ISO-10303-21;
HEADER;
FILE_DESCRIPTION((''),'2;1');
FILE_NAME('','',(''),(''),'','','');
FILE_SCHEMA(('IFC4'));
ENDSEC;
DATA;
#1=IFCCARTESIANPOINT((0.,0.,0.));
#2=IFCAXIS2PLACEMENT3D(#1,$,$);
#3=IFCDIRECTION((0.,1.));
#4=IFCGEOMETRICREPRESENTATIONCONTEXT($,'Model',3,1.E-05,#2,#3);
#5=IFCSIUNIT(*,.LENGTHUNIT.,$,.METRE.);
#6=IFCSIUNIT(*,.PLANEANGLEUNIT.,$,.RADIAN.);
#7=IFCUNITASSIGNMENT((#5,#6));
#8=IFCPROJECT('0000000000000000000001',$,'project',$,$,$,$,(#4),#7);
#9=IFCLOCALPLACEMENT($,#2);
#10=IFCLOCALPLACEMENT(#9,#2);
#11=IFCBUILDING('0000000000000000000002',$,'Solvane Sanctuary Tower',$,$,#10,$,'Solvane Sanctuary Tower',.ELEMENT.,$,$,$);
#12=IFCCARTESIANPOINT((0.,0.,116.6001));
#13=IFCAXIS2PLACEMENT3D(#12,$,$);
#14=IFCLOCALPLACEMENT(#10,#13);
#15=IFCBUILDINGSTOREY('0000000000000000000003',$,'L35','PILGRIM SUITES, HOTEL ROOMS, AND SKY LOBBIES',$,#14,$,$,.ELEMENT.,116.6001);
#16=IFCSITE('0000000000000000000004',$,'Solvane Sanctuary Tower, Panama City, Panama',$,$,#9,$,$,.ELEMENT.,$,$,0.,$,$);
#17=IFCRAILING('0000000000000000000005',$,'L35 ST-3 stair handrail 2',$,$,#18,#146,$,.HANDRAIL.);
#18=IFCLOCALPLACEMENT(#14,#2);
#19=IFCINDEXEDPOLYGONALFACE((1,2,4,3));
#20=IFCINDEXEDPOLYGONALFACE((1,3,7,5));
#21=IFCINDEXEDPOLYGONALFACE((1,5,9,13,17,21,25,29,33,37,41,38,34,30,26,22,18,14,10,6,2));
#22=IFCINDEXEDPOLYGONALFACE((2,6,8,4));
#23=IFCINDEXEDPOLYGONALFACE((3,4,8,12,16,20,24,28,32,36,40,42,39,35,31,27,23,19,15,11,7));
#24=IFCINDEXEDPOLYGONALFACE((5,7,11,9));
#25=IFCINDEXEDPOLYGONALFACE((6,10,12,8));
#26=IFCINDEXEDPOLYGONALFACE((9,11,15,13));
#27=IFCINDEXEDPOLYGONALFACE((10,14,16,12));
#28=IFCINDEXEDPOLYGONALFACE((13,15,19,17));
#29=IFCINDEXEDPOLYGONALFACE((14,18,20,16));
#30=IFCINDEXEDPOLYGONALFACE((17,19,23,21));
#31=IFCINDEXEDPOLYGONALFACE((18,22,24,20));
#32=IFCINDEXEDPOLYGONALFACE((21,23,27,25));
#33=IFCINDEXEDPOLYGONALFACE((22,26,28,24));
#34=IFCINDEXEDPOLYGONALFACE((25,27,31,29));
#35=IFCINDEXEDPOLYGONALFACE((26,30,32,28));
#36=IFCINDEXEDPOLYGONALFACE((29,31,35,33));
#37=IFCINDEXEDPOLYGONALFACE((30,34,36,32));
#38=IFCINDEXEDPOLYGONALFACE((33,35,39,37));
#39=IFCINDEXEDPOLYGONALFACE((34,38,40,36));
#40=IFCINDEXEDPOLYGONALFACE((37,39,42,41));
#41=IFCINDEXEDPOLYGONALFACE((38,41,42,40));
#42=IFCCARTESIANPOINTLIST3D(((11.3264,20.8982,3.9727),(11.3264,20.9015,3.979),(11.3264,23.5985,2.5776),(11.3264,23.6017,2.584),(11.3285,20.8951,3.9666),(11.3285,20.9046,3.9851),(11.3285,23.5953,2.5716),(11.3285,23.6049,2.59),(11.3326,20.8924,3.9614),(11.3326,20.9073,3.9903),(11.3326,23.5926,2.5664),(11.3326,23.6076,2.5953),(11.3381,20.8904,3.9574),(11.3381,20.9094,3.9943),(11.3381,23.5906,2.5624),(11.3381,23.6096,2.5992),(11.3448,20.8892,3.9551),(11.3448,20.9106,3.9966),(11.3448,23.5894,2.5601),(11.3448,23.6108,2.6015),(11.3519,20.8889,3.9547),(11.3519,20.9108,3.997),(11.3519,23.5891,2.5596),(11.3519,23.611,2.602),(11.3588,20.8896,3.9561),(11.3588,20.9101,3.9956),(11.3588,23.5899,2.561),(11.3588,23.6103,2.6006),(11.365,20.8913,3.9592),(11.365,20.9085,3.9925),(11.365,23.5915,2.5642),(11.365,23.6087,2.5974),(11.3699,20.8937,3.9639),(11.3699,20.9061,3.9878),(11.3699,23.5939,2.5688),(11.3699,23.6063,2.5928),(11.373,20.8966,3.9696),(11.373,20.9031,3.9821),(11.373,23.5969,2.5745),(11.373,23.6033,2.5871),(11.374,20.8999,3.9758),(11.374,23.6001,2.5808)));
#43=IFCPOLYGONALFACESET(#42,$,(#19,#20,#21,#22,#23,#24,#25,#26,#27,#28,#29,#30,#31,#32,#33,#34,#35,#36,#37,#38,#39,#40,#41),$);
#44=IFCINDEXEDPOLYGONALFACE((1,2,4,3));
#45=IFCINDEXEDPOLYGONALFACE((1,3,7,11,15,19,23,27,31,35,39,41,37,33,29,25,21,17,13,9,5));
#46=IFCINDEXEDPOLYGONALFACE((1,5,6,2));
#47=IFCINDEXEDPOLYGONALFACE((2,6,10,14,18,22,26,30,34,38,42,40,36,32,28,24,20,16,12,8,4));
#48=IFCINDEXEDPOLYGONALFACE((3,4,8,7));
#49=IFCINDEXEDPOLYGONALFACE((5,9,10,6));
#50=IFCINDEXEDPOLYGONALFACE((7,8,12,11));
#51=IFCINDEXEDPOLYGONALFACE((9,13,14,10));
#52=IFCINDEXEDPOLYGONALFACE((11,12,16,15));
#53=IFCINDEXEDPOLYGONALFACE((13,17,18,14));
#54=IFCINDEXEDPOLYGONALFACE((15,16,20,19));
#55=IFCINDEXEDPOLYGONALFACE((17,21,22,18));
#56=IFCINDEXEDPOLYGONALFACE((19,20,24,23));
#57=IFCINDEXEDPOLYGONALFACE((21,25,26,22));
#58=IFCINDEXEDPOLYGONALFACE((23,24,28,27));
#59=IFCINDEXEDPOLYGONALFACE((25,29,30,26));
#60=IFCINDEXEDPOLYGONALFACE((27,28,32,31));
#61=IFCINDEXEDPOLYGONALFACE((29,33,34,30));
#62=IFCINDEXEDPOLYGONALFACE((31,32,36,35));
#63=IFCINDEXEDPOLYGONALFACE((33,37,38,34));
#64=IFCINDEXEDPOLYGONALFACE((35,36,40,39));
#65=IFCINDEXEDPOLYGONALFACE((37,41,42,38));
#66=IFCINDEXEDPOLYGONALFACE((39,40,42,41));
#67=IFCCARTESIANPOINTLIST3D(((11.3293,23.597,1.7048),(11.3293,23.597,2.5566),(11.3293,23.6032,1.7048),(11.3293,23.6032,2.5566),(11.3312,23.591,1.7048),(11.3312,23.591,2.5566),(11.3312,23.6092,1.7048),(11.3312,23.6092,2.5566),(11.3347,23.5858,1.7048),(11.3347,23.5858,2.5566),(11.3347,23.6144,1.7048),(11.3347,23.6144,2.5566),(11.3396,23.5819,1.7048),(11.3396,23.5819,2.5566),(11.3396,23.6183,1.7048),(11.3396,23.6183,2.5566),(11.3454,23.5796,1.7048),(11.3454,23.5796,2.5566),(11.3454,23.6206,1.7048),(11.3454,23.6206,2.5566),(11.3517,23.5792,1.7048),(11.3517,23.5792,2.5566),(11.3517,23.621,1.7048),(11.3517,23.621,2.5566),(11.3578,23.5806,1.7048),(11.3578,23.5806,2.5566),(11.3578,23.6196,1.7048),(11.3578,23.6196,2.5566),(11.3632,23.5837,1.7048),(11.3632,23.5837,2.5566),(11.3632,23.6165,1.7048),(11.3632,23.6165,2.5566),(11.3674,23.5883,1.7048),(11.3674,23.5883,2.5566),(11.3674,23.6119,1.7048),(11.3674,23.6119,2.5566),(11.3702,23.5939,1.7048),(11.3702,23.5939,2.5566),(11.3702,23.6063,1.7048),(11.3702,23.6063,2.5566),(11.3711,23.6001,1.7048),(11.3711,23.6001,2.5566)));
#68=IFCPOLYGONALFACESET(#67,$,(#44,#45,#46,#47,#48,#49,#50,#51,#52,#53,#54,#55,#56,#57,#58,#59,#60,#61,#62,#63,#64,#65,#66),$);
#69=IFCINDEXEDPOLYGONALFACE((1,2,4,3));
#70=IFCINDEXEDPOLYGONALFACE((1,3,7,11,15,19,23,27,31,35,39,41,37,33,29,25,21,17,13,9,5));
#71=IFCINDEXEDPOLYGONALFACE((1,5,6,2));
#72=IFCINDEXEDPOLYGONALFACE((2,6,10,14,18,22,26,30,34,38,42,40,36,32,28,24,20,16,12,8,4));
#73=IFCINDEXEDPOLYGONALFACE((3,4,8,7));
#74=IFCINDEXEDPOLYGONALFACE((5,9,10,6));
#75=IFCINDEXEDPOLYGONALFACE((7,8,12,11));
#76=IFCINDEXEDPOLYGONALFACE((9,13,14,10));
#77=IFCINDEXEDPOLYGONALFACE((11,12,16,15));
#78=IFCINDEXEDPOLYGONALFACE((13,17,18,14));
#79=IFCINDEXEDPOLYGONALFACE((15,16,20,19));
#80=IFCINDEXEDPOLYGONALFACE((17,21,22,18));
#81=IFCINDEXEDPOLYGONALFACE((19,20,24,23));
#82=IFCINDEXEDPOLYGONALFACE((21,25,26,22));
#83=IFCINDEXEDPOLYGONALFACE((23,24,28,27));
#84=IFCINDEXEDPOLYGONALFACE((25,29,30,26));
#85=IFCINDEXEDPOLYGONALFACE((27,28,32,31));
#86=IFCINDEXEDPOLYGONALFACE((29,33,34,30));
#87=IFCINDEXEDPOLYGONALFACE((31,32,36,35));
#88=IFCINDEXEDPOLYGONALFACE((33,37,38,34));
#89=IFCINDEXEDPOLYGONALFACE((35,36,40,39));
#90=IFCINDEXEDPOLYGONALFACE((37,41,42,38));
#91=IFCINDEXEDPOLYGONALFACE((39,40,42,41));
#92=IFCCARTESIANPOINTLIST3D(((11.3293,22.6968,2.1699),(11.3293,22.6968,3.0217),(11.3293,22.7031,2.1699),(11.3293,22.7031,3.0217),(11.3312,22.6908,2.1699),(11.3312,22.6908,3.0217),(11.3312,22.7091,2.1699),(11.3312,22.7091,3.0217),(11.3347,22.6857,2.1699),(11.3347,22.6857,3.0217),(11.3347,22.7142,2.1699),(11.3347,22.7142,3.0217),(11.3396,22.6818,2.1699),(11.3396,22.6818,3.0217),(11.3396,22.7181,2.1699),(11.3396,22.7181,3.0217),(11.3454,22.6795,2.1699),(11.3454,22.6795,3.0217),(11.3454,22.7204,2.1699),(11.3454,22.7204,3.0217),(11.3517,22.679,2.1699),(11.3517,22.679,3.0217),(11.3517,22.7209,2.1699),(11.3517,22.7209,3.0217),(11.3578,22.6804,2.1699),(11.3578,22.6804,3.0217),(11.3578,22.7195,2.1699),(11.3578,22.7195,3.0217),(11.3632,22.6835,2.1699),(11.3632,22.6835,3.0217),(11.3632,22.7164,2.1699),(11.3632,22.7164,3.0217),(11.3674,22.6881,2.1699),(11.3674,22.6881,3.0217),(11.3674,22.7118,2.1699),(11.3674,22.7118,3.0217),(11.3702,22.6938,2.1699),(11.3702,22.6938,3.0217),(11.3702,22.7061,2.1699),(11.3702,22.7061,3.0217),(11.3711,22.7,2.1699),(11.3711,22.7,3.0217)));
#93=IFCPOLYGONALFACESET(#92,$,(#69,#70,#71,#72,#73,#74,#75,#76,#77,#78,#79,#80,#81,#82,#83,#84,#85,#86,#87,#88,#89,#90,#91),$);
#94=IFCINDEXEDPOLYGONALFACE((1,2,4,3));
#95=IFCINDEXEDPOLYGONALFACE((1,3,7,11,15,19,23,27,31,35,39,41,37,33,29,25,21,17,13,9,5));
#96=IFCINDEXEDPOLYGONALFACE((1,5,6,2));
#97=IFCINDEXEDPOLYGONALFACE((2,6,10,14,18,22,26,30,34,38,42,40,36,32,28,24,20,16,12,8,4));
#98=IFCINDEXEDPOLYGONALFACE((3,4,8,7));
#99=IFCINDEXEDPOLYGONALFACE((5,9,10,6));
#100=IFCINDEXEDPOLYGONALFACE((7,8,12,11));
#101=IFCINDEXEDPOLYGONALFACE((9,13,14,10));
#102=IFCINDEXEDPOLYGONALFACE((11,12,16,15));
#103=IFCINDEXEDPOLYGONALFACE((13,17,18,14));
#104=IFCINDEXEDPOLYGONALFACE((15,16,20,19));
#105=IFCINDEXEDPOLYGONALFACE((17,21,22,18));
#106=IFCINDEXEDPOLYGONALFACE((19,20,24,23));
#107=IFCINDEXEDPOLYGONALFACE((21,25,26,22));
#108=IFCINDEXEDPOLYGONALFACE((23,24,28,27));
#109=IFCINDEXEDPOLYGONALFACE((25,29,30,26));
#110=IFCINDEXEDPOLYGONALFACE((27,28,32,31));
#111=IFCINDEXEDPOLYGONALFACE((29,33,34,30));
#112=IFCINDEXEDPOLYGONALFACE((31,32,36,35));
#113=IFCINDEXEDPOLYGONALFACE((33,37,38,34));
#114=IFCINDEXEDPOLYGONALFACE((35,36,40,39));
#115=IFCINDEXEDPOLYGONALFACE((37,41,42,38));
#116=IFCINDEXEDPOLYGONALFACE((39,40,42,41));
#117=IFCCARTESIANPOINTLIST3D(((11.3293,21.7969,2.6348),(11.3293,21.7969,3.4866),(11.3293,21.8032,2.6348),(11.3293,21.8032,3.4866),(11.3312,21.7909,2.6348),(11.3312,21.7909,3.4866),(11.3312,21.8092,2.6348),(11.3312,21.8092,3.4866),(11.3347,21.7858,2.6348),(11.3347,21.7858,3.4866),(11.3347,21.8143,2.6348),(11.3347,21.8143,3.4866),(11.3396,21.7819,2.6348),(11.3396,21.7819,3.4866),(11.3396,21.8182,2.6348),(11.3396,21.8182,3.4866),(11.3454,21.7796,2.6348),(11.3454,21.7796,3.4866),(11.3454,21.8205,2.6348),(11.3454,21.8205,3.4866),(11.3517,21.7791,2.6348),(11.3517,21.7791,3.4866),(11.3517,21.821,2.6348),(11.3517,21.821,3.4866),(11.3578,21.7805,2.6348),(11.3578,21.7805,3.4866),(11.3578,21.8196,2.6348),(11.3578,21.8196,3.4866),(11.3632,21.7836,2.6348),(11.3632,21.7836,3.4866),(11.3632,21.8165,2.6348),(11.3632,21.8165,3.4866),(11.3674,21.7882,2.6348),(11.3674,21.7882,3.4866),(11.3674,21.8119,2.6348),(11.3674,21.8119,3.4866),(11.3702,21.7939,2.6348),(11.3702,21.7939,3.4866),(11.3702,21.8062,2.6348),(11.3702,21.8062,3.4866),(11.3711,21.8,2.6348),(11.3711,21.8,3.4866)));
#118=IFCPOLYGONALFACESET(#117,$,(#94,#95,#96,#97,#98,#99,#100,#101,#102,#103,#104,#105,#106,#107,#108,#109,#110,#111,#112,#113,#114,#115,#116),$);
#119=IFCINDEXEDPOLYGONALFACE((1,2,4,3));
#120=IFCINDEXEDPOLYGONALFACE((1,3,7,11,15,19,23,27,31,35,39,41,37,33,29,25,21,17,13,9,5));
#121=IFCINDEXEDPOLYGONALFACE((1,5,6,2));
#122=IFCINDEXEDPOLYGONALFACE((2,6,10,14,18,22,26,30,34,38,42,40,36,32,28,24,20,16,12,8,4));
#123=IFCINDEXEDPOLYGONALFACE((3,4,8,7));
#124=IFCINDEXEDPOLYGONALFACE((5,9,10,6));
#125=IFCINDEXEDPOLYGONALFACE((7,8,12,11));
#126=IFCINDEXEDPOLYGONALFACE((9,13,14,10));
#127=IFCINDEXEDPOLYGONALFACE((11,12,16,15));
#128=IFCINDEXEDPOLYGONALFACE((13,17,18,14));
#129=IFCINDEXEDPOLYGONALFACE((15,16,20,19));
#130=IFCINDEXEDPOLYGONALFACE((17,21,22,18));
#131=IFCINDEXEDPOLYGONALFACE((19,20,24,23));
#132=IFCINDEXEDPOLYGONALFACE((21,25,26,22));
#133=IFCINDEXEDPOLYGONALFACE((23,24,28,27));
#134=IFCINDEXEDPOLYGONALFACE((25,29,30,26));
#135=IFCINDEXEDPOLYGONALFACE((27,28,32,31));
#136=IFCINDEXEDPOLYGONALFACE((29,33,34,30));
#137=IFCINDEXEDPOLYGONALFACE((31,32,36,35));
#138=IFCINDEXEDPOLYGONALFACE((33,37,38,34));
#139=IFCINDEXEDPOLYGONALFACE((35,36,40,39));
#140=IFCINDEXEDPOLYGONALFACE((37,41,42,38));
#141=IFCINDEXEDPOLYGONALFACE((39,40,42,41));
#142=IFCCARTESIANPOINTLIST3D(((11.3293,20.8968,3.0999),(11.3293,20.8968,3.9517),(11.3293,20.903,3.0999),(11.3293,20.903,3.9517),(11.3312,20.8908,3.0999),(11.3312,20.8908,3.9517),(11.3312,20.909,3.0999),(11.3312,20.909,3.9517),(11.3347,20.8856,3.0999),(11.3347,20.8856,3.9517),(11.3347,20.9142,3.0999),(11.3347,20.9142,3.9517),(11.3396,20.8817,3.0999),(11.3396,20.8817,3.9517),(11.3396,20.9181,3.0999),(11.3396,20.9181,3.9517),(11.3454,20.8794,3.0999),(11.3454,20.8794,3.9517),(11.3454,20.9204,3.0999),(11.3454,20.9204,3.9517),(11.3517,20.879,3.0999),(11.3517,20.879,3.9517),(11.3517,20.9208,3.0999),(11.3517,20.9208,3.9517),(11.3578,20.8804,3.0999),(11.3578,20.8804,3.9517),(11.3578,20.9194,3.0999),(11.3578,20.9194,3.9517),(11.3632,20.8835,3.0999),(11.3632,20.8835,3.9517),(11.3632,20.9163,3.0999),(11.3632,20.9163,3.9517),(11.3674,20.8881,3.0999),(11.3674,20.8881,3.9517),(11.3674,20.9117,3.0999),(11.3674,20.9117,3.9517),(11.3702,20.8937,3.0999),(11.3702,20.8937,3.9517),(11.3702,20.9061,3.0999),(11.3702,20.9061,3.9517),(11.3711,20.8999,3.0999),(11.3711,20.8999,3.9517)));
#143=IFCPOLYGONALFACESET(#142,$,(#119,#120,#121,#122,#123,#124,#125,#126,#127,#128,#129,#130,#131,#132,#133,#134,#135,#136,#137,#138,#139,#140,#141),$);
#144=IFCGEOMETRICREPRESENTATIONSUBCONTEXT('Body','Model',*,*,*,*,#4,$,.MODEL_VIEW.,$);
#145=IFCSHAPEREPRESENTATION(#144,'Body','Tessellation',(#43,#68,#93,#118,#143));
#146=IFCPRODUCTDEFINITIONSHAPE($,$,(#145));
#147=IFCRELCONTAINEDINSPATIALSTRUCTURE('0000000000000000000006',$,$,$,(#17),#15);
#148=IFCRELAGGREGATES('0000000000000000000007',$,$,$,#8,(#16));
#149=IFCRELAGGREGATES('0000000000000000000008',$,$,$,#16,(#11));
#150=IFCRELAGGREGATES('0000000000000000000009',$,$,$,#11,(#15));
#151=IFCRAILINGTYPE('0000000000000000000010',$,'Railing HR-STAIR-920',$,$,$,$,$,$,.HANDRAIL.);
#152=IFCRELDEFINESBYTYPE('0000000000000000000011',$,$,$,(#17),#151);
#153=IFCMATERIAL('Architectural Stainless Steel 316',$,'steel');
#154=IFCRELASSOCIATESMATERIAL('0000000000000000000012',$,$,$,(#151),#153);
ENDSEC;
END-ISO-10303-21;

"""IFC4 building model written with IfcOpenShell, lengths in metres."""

from ifc_helpers import new_model, si_unit, direction, frame, origin, origin_2d, place, context, subcontext, project, spatial, circle, extrude, material, type_object, element, save


model = new_model("IFC4")

# Units and contexts
model_context = context("Model", 3, precision=1e-05, world=origin(), true_north=direction((0.0, 1.0)))
body_context = subcontext(model_context, "Body", "Model", "MODEL_VIEW")
ifc_project = project(units=[si_unit("LENGTHUNIT", "METRE"), si_unit("PLANEANGLEUNIT", "RADIAN")], contexts=[model_context])

# Site, building, storey
site_placement = place(None, origin())
site = spatial("IfcSite", under=ifc_project, at=site_placement, Name="Solvane Sanctuary Tower, Panama City, Panama", CompositionType="ELEMENT", RefElevation=0.0)
building_placement = place(site_placement, origin())
building = spatial("IfcBuilding", under=site, at=building_placement, Name="Solvane Sanctuary Tower", LongName="Solvane Sanctuary Tower", CompositionType="ELEMENT")
storey_placement = place(building_placement, frame((0.0, 0.0, 116.6001)))
storey = spatial("IfcBuildingStorey", under=building, at=storey_placement, Name="L35", Description="PILGRIM SUITES, HOTEL ROOMS, AND SKY LOBBIES", CompositionType="ELEMENT", Elevation=116.6001)

# Railing
ifc_material_1 = material(Name="Architectural Stainless Steel 316", Category="steel")
railing_type_1 = type_object("IfcRailingType", Name="Railing HR-STAIR-920", PredefinedType="HANDRAIL", material=ifc_material_1)
railing_1_placement = place(storey_placement, frame((11.3501, 23.6001, 1.7048)))
element("IfcRailing", 1, at=railing_1_placement, inside=storey, type_object=railing_type_1, Name="L35 ST-3 stair handrail 2", PredefinedType="HANDRAIL", context=body_context, shape_type="SweptSolid", body=[
    extrude(circle(Radius=0.0239, at=origin_2d()), frame((0.0, 0.0, 0.876), z_axis=(0.0, -0.888437, 0.458999), x_axis=(1.0, 0.0, 0.0)), (0.0, 0.0, 1.0), 3.0393),
    extrude(circle(Radius=0.021, at=origin_2d()), origin(), (0.0, 0.0, 1.0), 0.8518),
    extrude(circle(Radius=0.021, at=origin_2d()), frame((0.0, -0.9001, 0.4651)), (0.0, 0.0, 1.0), 0.8518),
    extrude(circle(Radius=0.021, at=origin_2d()), frame((0.0, -1.8, 0.9299)), (0.0, 0.0, 1.0), 0.8518),
    extrude(circle(Radius=0.021, at=origin_2d()), frame((0.0, -2.7002, 1.395)), (0.0, 0.0, 1.0), 0.8518),
])

save(model, "model.ifc")
